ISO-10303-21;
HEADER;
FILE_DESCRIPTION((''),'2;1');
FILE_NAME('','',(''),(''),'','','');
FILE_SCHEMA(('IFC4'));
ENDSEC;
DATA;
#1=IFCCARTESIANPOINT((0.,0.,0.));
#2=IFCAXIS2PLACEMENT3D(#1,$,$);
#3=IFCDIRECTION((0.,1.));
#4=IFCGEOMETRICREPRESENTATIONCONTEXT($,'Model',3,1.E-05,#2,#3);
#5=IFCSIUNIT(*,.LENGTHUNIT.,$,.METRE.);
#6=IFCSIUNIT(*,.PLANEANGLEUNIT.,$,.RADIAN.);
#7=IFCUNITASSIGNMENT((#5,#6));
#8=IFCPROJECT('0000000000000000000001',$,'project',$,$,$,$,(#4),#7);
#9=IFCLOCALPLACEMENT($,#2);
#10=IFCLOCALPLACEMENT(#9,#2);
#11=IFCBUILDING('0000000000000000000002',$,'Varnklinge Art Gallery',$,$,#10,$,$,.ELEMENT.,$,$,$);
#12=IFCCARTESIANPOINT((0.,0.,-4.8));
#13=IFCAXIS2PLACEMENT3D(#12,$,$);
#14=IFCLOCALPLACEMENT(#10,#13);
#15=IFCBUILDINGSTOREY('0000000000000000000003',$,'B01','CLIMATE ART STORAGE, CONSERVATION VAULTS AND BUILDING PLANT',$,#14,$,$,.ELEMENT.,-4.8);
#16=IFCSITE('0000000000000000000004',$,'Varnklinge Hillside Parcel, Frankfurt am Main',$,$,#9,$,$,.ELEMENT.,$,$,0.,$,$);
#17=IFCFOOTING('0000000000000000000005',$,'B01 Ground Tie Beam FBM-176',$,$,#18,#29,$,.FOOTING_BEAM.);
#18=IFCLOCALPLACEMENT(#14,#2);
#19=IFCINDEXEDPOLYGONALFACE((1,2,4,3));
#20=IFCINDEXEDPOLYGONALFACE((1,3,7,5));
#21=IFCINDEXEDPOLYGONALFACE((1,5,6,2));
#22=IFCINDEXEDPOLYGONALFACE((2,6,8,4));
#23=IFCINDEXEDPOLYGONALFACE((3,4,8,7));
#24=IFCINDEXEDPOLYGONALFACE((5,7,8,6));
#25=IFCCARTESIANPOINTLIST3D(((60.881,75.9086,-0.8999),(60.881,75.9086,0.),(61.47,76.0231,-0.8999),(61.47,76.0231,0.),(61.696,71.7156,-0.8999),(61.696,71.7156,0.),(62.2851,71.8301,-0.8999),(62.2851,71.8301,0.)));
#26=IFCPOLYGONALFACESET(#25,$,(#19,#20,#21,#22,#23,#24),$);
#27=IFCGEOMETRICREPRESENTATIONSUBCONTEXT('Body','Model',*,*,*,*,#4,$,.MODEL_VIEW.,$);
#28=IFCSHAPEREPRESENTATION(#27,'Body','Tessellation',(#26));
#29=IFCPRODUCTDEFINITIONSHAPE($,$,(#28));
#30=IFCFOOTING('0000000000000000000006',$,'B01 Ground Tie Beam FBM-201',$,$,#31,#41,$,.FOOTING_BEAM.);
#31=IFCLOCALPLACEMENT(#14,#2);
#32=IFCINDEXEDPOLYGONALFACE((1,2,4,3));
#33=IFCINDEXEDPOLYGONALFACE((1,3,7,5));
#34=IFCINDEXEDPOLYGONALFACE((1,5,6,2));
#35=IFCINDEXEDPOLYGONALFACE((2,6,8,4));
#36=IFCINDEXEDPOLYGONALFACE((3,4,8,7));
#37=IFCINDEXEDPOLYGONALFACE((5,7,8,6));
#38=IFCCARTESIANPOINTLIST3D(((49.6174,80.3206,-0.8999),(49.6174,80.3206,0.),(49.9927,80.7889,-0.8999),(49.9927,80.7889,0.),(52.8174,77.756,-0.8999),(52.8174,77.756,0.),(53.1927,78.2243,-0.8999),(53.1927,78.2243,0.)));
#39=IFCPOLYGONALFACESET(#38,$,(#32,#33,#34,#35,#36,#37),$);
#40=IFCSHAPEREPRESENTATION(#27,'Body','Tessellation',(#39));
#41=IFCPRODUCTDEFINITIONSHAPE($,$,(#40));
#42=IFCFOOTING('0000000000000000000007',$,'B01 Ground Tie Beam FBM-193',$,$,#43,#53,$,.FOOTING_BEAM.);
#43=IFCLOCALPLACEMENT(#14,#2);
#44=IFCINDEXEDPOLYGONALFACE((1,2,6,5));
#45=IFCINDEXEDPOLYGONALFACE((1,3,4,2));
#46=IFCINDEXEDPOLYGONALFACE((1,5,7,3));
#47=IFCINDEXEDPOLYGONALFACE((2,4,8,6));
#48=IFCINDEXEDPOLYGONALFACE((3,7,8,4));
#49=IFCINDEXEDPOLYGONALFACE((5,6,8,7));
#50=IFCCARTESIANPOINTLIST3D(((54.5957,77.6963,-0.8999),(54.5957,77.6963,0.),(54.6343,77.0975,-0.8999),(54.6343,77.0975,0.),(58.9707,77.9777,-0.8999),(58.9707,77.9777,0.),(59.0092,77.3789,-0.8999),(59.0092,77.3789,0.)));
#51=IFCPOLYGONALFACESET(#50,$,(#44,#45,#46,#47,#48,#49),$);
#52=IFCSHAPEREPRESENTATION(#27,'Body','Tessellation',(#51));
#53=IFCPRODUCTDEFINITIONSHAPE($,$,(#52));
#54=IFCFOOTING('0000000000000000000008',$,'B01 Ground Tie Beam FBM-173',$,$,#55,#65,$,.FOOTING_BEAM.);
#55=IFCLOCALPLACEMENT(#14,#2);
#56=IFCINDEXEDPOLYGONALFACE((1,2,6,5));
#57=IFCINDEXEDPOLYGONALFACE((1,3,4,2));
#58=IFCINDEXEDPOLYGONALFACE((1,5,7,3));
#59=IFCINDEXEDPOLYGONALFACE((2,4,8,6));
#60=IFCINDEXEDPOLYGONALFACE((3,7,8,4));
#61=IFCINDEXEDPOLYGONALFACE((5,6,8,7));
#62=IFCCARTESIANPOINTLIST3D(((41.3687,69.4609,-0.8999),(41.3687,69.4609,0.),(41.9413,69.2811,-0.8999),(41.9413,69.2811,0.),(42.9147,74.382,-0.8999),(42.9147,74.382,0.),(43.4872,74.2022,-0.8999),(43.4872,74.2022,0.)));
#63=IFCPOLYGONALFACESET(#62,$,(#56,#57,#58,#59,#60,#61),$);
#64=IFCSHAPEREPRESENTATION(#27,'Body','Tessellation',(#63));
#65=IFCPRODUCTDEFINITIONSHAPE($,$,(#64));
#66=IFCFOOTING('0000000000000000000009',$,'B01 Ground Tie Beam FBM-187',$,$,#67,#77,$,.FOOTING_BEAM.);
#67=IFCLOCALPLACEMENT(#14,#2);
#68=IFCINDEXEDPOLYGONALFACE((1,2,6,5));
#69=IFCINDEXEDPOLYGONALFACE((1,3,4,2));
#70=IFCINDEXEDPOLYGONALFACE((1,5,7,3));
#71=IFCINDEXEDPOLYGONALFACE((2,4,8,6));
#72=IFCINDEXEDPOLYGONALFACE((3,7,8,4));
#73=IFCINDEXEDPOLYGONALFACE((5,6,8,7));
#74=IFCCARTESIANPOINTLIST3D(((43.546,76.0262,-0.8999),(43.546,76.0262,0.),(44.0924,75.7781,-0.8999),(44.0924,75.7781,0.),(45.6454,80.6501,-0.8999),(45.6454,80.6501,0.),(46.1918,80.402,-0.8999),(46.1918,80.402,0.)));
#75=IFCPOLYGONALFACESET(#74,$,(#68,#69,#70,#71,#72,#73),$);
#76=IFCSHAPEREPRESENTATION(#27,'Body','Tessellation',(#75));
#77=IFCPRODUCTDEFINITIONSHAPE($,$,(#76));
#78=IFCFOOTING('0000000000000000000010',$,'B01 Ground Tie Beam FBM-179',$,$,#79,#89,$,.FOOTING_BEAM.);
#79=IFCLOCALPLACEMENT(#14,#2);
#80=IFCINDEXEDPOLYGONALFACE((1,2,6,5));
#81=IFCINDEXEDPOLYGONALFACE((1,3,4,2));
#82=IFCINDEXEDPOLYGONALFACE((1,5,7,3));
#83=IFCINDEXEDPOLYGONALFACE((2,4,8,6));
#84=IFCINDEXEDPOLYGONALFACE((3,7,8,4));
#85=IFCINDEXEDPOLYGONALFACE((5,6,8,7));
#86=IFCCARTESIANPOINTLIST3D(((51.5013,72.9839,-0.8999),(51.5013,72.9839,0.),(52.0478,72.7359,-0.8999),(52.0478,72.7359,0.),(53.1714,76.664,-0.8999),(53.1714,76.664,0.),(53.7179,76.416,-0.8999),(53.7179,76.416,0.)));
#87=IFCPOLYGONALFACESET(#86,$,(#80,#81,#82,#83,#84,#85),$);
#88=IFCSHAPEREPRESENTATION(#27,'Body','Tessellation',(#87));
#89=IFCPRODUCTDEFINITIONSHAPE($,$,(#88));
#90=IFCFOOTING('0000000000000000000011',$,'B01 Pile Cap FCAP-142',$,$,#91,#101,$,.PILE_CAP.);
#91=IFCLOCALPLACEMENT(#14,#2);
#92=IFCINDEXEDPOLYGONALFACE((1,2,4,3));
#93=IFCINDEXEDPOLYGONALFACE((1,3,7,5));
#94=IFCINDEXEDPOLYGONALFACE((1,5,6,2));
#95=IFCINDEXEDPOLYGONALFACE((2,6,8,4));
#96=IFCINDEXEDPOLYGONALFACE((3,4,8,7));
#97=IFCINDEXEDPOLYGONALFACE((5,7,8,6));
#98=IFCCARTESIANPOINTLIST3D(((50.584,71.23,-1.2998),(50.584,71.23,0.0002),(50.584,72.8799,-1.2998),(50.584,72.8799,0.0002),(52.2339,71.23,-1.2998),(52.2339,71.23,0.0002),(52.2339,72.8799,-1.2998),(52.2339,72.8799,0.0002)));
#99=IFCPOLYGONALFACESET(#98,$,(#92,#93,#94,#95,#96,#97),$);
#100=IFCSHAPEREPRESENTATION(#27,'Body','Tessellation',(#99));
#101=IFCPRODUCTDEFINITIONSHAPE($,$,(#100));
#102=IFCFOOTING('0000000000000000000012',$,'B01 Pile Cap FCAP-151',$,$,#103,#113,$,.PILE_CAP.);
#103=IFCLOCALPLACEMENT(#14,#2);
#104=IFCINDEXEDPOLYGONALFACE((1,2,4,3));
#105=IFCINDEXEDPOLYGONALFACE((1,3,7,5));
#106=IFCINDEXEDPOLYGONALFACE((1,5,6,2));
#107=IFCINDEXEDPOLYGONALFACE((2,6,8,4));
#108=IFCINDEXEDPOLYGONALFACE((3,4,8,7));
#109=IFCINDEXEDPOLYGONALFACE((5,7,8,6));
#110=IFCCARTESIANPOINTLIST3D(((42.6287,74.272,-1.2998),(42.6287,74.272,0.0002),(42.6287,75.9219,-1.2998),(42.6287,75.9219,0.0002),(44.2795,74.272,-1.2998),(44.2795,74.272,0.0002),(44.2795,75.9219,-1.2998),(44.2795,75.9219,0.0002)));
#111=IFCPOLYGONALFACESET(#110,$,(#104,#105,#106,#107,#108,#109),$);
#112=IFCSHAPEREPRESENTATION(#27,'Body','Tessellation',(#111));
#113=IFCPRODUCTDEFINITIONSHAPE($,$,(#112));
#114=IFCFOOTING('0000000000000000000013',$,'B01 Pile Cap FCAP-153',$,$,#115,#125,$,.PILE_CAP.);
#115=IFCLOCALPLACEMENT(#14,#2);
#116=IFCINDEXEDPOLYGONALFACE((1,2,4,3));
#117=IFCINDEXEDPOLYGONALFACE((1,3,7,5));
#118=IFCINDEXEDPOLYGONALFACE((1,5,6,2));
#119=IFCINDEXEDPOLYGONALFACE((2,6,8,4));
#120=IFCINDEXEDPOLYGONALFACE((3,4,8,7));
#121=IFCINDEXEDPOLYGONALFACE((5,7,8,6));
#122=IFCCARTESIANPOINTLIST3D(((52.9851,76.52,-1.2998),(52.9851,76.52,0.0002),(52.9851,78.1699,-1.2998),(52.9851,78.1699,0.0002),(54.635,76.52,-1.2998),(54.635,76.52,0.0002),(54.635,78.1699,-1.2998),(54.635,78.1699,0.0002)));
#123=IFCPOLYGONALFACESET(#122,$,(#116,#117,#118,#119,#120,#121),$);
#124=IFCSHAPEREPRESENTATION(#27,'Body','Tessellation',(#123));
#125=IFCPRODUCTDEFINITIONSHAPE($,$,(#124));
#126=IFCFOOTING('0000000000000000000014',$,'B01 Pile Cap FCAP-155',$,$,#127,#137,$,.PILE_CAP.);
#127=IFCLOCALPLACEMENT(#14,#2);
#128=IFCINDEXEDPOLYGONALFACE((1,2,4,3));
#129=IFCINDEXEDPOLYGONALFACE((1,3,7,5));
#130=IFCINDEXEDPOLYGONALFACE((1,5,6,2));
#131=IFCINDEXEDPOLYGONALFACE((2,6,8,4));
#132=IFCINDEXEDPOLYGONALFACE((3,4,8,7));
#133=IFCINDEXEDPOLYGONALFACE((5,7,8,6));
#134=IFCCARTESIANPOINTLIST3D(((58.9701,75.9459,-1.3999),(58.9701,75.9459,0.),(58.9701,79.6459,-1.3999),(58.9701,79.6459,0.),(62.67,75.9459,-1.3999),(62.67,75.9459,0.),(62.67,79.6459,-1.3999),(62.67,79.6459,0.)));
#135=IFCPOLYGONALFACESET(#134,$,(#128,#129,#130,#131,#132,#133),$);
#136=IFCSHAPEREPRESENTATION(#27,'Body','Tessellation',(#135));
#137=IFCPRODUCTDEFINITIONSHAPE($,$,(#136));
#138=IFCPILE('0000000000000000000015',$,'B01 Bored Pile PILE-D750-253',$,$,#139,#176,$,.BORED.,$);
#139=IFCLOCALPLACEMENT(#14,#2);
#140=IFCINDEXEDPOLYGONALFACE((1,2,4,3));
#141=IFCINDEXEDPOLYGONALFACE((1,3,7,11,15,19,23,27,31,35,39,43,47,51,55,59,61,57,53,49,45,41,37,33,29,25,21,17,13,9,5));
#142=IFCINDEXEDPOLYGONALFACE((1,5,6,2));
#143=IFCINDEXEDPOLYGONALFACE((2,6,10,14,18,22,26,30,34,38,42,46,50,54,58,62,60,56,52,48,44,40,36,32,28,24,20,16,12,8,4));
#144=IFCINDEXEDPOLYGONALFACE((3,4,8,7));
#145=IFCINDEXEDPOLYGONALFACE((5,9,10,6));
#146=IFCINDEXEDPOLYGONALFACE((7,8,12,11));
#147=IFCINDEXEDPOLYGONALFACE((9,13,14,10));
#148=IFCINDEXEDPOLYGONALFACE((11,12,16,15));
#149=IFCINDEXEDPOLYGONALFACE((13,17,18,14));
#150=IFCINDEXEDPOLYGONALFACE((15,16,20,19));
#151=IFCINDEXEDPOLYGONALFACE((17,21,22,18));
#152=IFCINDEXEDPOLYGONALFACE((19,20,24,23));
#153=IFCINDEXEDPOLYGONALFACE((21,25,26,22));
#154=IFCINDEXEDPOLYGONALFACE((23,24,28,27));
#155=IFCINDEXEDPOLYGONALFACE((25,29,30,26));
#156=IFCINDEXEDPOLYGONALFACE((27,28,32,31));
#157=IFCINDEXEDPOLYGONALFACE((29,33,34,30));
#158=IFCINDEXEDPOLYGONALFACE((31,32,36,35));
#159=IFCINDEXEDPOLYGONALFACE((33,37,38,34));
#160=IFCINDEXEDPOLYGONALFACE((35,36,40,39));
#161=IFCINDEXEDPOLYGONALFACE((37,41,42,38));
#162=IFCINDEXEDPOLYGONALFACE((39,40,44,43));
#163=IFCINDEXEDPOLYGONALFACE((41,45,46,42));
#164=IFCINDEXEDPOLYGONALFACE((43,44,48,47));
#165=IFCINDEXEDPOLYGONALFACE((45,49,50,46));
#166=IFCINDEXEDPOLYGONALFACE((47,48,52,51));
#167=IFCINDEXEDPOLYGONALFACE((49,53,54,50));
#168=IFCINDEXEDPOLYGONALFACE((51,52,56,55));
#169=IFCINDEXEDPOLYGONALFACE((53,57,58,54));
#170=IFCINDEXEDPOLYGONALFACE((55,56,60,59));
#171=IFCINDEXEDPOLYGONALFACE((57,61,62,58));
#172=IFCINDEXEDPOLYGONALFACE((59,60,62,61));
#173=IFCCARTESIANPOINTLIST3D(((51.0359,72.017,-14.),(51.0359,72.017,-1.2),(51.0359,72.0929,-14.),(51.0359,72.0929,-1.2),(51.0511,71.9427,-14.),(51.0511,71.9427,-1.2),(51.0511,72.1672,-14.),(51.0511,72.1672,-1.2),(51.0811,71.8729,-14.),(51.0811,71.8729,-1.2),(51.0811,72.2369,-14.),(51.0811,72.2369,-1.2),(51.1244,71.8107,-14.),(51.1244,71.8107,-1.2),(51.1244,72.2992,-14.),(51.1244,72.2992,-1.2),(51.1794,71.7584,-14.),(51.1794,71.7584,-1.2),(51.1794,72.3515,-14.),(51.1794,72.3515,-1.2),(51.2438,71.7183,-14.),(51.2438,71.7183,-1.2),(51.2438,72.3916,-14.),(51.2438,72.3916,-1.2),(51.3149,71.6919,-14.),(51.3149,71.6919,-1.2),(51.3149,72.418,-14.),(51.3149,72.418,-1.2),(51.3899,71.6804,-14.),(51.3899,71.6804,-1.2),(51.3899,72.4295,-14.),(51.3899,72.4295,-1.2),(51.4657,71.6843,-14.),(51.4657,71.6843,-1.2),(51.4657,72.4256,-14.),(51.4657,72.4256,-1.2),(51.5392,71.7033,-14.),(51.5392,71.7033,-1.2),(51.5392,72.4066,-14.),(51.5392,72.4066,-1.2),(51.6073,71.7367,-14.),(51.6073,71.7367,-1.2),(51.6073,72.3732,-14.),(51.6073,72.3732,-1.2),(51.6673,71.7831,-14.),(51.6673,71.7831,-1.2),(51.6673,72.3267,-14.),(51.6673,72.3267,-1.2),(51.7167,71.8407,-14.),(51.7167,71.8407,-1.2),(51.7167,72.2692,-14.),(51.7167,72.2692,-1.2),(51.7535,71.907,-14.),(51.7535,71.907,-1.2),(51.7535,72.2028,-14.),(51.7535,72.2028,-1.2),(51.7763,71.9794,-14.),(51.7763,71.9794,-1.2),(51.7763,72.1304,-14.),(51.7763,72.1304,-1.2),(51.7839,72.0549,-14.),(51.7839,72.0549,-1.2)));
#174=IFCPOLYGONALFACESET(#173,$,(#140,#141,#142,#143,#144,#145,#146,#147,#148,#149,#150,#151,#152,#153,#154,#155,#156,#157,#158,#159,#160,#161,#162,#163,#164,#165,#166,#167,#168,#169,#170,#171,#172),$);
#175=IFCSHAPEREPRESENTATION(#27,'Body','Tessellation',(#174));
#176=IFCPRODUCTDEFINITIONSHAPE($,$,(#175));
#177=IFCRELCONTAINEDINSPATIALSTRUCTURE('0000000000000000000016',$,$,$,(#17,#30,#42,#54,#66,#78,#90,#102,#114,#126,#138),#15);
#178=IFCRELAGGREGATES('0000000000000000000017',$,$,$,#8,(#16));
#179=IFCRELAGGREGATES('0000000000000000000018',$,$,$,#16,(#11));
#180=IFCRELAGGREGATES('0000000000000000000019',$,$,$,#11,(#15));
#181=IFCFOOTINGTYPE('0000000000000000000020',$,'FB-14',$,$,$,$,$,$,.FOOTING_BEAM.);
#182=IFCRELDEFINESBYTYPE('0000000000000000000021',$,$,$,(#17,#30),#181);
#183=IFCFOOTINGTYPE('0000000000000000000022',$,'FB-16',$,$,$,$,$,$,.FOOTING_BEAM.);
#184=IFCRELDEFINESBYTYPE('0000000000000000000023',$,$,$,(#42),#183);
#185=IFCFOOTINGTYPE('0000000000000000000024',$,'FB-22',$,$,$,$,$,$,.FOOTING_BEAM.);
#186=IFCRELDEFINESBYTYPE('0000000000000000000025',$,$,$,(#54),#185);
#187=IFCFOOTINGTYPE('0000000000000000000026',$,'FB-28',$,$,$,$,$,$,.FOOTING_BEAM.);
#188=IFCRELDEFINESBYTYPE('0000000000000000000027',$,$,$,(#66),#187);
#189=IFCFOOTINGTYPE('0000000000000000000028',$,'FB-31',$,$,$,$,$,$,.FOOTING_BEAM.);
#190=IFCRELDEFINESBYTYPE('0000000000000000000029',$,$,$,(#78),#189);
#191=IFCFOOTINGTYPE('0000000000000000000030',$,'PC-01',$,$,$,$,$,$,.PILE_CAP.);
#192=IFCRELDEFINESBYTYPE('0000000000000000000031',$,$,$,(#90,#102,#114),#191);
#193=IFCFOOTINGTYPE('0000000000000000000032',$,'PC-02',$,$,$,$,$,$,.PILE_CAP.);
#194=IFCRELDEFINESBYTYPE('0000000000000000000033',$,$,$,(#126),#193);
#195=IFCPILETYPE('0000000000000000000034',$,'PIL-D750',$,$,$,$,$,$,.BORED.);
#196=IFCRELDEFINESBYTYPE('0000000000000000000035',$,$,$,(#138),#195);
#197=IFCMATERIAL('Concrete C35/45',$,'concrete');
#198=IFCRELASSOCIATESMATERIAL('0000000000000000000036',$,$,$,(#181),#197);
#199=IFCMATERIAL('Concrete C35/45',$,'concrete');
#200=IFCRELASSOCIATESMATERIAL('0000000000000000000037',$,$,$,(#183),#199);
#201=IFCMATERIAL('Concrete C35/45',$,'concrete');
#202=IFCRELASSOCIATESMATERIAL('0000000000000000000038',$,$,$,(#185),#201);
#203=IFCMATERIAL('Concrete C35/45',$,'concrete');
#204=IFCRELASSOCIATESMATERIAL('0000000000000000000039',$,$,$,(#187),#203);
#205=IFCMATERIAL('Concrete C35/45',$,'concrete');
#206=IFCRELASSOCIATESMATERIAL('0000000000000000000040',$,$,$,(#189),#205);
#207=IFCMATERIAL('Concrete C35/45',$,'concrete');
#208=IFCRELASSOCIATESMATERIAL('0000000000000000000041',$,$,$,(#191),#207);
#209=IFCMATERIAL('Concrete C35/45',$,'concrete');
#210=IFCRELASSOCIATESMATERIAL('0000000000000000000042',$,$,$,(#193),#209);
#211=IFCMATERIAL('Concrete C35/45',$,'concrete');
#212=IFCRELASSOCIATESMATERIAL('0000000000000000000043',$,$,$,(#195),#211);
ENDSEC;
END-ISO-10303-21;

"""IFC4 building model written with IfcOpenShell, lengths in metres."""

from ifc_helpers import new_model, si_unit, direction, frame, origin, origin_2d, place, context, subcontext, project, spatial, rectangle, circle, extrude, material, material_profile, profile_set, type_object, element, save


model = new_model("IFC4")

# Units and contexts
model_context = context("Model", 3, precision=1e-05, world=origin(), true_north=direction((0.0, 1.0)))
body_context = subcontext(model_context, "Body", "Model", "MODEL_VIEW")
ifc_project = project(units=[si_unit("LENGTHUNIT", "METRE"), si_unit("PLANEANGLEUNIT", "RADIAN")], contexts=[model_context])

# Site, building, storey
site_placement = place(None, origin())
site = spatial("IfcSite", under=ifc_project, at=site_placement, Name="Varnklinge Hillside Parcel, Frankfurt am Main", CompositionType="ELEMENT", RefElevation=0.0)
building_placement = place(site_placement, origin())
building = spatial("IfcBuilding", under=site, at=building_placement, Name="Varnklinge Art Gallery", CompositionType="ELEMENT")
storey_placement = place(building_placement, frame((0.0, 0.0, -4.8)))
storey = spatial("IfcBuildingStorey", under=building, at=storey_placement, Name="B01", Description="CLIMATE ART STORAGE, CONSERVATION VAULTS AND BUILDING PLANT", CompositionType="ELEMENT", Elevation=-4.8)

# Footings
ifc_material_1 = material(Name="Concrete C35/45", Category="concrete")
footing_type_1 = type_object("IfcFootingType", Name="FB-14", PredefinedType="FOOTING_BEAM", material=ifc_material_1)
footing_1_placement = place(storey_placement, frame((61.583, 73.8694, -0.8999), z_axis=(0.0, 0.0, 1.0), x_axis=(-0.190809, 0.981627, 0.0)))
element("IfcFooting", 1, at=footing_1_placement, inside=storey, type_object=footing_type_1, Name="B01 Ground Tie Beam FBM-176", PredefinedType="FOOTING_BEAM", context=body_context, shape_type="SweptSolid", body=[
    extrude(rectangle(XDim=4.2715, YDim=0.6001, at=origin_2d()), origin(), (0.0, 0.0, 1.0), 0.8999),
])
footing_2_placement = place(storey_placement, frame((51.405, 79.2725, -0.8999), z_axis=(0.0, 0.0, 1.0), x_axis=(0.780321, -0.625379, 0.0)))
element("IfcFooting", 2, at=footing_2_placement, inside=storey, type_object=footing_type_1, Name="B01 Ground Tie Beam FBM-201", PredefinedType="FOOTING_BEAM", context=body_context, shape_type="SweptSolid", body=[
    extrude(rectangle(XDim=4.1008, YDim=0.6001, at=origin_2d()), origin(), (0.0, 0.0, 1.0), 0.8999),
])
ifc_material_2 = material(Name="Concrete C35/45", Category="concrete")
footing_type_2 = type_object("IfcFootingType", Name="FB-16", PredefinedType="FOOTING_BEAM", material=ifc_material_2)
footing_3_placement = place(storey_placement, frame((56.8025, 77.5376, -0.8999), z_axis=(0.0, 0.0, 1.0), x_axis=(-0.997938, -0.064184, 0.0)))
element("IfcFooting", 3, at=footing_3_placement, inside=storey, type_object=footing_type_2, Name="B01 Ground Tie Beam FBM-193", PredefinedType="FOOTING_BEAM", context=body_context, shape_type="SweptSolid", body=[
    extrude(rectangle(XDim=4.384, YDim=0.6001, at=origin_2d()), origin(), (0.0, 0.0, 1.0), 0.8999),
])
ifc_material_3 = material(Name="Concrete C35/45", Category="concrete")
footing_type_3 = type_object("IfcFootingType", Name="FB-22", PredefinedType="FOOTING_BEAM", material=ifc_material_3)
footing_4_placement = place(storey_placement, frame((42.428, 71.8315, -0.8999), z_axis=(0.0, 0.0, 1.0), x_axis=(0.299707, 0.954031, 0.0)))
element("IfcFooting", 4, at=footing_4_placement, inside=storey, type_object=footing_type_3, Name="B01 Ground Tie Beam FBM-173", PredefinedType="FOOTING_BEAM", context=body_context, shape_type="SweptSolid", body=[
    extrude(rectangle(XDim=5.1582, YDim=0.6001, at=origin_2d()), origin(), (0.0, 0.0, 1.0), 0.8999),
])
ifc_material_4 = material(Name="Concrete C35/45", Category="concrete")
footing_type_4 = type_object("IfcFootingType", Name="FB-28", PredefinedType="FOOTING_BEAM", material=ifc_material_4)
footing_5_placement = place(storey_placement, frame((44.8689, 78.2141, -0.8999), z_axis=(0.0, 0.0, 1.0), x_axis=(0.413422, 0.910539, 0.0)))
element("IfcFooting", 5, at=footing_5_placement, inside=storey, type_object=footing_type_4, Name="B01 Ground Tie Beam FBM-187", PredefinedType="FOOTING_BEAM", context=body_context, shape_type="SweptSolid", body=[
    extrude(rectangle(XDim=5.0781, YDim=0.6001, at=origin_2d()), origin(), (0.0, 0.0, 1.0), 0.8999),
])
ifc_material_5 = material(Name="Concrete C35/45", Category="concrete")
footing_type_5 = type_object("IfcFootingType", Name="FB-31", PredefinedType="FOOTING_BEAM", material=ifc_material_5)
footing_6_placement = place(storey_placement, frame((52.6096, 74.7, -0.8999), z_axis=(0.0, 0.0, 1.0), x_axis=(0.413263, 0.910612, 0.0)))
element("IfcFooting", 6, at=footing_6_placement, inside=storey, type_object=footing_type_5, Name="B01 Ground Tie Beam FBM-179", PredefinedType="FOOTING_BEAM", context=body_context, shape_type="SweptSolid", body=[
    extrude(rectangle(XDim=4.0413, YDim=0.6001, at=origin_2d()), origin(), (0.0, 0.0, 1.0), 0.8999),
])
ifc_material_6 = material(Name="Concrete C35/45", Category="concrete")
footing_type_6 = type_object("IfcFootingType", Name="PC-01", PredefinedType="PILE_CAP", material=ifc_material_6)
footing_7_placement = place(storey_placement, frame((51.4089, 72.0549, -1.2998), z_axis=(0.0, 0.0, 1.0), x_axis=(1.0, 0.0, 0.0)))
element("IfcFooting", 7, at=footing_7_placement, inside=storey, type_object=footing_type_6, Name="B01 Pile Cap FCAP-142", PredefinedType="PILE_CAP", context=body_context, shape_type="SweptSolid", body=[
    extrude(rectangle(XDim=1.6499, YDim=1.6499, at=origin_2d()), origin(), (0.0, 0.0, 1.0), 1.3),
])
footing_8_placement = place(storey_placement, frame((43.4541, 75.0969, -1.2998), z_axis=(0.0, 0.0, 1.0), x_axis=(1.0, 0.0, 0.0)))
element("IfcFooting", 8, at=footing_8_placement, inside=storey, type_object=footing_type_6, Name="B01 Pile Cap FCAP-151", PredefinedType="PILE_CAP", context=body_context, shape_type="SweptSolid", body=[
    extrude(rectangle(XDim=1.6509, YDim=1.6499, at=origin_2d()), origin(), (0.0, 0.0, 1.0), 1.3),
])
footing_9_placement = place(storey_placement, frame((53.8101, 77.345, -1.2998), z_axis=(0.0, 0.0, 1.0), x_axis=(1.0, 0.0, 0.0)))
element("IfcFooting", 9, at=footing_9_placement, inside=storey, type_object=footing_type_6, Name="B01 Pile Cap FCAP-153", PredefinedType="PILE_CAP", context=body_context, shape_type="SweptSolid", body=[
    extrude(rectangle(XDim=1.6499, YDim=1.6499, at=origin_2d()), origin(), (0.0, 0.0, 1.0), 1.3),
])
ifc_material_7 = material(Name="Concrete C35/45", Category="concrete")
footing_type_7 = type_object("IfcFootingType", Name="PC-02", PredefinedType="PILE_CAP", material=ifc_material_7)
footing_10_placement = place(storey_placement, frame((60.8201, 77.7959, -1.3999), z_axis=(0.0, 0.0, 1.0), x_axis=(1.0, 0.0, 0.0)))
element("IfcFooting", 10, at=footing_10_placement, inside=storey, type_object=footing_type_7, Name="B01 Pile Cap FCAP-155", PredefinedType="PILE_CAP", context=body_context, shape_type="SweptSolid", body=[
    extrude(rectangle(XDim=3.7, YDim=3.7, at=origin_2d()), origin(), (0.0, 0.0, 1.0), 1.3999),
])

# Pile
ifc_material_8 = material(Name="Concrete C35/45", Category="concrete")
ifc_material_profile_1 = material_profile(ifc_material_8, circle(Radius=0.375, at=origin_2d()), Name="PILE D750")
ifc_profile_set_1 = profile_set([ifc_material_profile_1], Name="Concrete C35/45")
pile_type_1 = type_object("IfcPileType", Name="PIL-D750", PredefinedType="BORED", material=ifc_profile_set_1)
for number, where, z_axis, x_axis, name in (
    (11, (51.4089, 72.0549, -1.2), (0.0, 0.0, -1.0), (1.0, 0.0, 0.0), "B01 Bored Pile PILE-D750-253"),
):
    element("IfcPile", number, at=place(storey_placement, frame(where, z_axis=z_axis, x_axis=x_axis)), inside=storey, type_object=pile_type_1, Name=name, PredefinedType="BORED", context=body_context, shape_type="SweptSolid", body=[
        extrude(circle(Radius=0.375, at=origin_2d()), origin(), (0.0, 0.0, 1.0), 12.8),
    ])

save(model, "model.ifc")
